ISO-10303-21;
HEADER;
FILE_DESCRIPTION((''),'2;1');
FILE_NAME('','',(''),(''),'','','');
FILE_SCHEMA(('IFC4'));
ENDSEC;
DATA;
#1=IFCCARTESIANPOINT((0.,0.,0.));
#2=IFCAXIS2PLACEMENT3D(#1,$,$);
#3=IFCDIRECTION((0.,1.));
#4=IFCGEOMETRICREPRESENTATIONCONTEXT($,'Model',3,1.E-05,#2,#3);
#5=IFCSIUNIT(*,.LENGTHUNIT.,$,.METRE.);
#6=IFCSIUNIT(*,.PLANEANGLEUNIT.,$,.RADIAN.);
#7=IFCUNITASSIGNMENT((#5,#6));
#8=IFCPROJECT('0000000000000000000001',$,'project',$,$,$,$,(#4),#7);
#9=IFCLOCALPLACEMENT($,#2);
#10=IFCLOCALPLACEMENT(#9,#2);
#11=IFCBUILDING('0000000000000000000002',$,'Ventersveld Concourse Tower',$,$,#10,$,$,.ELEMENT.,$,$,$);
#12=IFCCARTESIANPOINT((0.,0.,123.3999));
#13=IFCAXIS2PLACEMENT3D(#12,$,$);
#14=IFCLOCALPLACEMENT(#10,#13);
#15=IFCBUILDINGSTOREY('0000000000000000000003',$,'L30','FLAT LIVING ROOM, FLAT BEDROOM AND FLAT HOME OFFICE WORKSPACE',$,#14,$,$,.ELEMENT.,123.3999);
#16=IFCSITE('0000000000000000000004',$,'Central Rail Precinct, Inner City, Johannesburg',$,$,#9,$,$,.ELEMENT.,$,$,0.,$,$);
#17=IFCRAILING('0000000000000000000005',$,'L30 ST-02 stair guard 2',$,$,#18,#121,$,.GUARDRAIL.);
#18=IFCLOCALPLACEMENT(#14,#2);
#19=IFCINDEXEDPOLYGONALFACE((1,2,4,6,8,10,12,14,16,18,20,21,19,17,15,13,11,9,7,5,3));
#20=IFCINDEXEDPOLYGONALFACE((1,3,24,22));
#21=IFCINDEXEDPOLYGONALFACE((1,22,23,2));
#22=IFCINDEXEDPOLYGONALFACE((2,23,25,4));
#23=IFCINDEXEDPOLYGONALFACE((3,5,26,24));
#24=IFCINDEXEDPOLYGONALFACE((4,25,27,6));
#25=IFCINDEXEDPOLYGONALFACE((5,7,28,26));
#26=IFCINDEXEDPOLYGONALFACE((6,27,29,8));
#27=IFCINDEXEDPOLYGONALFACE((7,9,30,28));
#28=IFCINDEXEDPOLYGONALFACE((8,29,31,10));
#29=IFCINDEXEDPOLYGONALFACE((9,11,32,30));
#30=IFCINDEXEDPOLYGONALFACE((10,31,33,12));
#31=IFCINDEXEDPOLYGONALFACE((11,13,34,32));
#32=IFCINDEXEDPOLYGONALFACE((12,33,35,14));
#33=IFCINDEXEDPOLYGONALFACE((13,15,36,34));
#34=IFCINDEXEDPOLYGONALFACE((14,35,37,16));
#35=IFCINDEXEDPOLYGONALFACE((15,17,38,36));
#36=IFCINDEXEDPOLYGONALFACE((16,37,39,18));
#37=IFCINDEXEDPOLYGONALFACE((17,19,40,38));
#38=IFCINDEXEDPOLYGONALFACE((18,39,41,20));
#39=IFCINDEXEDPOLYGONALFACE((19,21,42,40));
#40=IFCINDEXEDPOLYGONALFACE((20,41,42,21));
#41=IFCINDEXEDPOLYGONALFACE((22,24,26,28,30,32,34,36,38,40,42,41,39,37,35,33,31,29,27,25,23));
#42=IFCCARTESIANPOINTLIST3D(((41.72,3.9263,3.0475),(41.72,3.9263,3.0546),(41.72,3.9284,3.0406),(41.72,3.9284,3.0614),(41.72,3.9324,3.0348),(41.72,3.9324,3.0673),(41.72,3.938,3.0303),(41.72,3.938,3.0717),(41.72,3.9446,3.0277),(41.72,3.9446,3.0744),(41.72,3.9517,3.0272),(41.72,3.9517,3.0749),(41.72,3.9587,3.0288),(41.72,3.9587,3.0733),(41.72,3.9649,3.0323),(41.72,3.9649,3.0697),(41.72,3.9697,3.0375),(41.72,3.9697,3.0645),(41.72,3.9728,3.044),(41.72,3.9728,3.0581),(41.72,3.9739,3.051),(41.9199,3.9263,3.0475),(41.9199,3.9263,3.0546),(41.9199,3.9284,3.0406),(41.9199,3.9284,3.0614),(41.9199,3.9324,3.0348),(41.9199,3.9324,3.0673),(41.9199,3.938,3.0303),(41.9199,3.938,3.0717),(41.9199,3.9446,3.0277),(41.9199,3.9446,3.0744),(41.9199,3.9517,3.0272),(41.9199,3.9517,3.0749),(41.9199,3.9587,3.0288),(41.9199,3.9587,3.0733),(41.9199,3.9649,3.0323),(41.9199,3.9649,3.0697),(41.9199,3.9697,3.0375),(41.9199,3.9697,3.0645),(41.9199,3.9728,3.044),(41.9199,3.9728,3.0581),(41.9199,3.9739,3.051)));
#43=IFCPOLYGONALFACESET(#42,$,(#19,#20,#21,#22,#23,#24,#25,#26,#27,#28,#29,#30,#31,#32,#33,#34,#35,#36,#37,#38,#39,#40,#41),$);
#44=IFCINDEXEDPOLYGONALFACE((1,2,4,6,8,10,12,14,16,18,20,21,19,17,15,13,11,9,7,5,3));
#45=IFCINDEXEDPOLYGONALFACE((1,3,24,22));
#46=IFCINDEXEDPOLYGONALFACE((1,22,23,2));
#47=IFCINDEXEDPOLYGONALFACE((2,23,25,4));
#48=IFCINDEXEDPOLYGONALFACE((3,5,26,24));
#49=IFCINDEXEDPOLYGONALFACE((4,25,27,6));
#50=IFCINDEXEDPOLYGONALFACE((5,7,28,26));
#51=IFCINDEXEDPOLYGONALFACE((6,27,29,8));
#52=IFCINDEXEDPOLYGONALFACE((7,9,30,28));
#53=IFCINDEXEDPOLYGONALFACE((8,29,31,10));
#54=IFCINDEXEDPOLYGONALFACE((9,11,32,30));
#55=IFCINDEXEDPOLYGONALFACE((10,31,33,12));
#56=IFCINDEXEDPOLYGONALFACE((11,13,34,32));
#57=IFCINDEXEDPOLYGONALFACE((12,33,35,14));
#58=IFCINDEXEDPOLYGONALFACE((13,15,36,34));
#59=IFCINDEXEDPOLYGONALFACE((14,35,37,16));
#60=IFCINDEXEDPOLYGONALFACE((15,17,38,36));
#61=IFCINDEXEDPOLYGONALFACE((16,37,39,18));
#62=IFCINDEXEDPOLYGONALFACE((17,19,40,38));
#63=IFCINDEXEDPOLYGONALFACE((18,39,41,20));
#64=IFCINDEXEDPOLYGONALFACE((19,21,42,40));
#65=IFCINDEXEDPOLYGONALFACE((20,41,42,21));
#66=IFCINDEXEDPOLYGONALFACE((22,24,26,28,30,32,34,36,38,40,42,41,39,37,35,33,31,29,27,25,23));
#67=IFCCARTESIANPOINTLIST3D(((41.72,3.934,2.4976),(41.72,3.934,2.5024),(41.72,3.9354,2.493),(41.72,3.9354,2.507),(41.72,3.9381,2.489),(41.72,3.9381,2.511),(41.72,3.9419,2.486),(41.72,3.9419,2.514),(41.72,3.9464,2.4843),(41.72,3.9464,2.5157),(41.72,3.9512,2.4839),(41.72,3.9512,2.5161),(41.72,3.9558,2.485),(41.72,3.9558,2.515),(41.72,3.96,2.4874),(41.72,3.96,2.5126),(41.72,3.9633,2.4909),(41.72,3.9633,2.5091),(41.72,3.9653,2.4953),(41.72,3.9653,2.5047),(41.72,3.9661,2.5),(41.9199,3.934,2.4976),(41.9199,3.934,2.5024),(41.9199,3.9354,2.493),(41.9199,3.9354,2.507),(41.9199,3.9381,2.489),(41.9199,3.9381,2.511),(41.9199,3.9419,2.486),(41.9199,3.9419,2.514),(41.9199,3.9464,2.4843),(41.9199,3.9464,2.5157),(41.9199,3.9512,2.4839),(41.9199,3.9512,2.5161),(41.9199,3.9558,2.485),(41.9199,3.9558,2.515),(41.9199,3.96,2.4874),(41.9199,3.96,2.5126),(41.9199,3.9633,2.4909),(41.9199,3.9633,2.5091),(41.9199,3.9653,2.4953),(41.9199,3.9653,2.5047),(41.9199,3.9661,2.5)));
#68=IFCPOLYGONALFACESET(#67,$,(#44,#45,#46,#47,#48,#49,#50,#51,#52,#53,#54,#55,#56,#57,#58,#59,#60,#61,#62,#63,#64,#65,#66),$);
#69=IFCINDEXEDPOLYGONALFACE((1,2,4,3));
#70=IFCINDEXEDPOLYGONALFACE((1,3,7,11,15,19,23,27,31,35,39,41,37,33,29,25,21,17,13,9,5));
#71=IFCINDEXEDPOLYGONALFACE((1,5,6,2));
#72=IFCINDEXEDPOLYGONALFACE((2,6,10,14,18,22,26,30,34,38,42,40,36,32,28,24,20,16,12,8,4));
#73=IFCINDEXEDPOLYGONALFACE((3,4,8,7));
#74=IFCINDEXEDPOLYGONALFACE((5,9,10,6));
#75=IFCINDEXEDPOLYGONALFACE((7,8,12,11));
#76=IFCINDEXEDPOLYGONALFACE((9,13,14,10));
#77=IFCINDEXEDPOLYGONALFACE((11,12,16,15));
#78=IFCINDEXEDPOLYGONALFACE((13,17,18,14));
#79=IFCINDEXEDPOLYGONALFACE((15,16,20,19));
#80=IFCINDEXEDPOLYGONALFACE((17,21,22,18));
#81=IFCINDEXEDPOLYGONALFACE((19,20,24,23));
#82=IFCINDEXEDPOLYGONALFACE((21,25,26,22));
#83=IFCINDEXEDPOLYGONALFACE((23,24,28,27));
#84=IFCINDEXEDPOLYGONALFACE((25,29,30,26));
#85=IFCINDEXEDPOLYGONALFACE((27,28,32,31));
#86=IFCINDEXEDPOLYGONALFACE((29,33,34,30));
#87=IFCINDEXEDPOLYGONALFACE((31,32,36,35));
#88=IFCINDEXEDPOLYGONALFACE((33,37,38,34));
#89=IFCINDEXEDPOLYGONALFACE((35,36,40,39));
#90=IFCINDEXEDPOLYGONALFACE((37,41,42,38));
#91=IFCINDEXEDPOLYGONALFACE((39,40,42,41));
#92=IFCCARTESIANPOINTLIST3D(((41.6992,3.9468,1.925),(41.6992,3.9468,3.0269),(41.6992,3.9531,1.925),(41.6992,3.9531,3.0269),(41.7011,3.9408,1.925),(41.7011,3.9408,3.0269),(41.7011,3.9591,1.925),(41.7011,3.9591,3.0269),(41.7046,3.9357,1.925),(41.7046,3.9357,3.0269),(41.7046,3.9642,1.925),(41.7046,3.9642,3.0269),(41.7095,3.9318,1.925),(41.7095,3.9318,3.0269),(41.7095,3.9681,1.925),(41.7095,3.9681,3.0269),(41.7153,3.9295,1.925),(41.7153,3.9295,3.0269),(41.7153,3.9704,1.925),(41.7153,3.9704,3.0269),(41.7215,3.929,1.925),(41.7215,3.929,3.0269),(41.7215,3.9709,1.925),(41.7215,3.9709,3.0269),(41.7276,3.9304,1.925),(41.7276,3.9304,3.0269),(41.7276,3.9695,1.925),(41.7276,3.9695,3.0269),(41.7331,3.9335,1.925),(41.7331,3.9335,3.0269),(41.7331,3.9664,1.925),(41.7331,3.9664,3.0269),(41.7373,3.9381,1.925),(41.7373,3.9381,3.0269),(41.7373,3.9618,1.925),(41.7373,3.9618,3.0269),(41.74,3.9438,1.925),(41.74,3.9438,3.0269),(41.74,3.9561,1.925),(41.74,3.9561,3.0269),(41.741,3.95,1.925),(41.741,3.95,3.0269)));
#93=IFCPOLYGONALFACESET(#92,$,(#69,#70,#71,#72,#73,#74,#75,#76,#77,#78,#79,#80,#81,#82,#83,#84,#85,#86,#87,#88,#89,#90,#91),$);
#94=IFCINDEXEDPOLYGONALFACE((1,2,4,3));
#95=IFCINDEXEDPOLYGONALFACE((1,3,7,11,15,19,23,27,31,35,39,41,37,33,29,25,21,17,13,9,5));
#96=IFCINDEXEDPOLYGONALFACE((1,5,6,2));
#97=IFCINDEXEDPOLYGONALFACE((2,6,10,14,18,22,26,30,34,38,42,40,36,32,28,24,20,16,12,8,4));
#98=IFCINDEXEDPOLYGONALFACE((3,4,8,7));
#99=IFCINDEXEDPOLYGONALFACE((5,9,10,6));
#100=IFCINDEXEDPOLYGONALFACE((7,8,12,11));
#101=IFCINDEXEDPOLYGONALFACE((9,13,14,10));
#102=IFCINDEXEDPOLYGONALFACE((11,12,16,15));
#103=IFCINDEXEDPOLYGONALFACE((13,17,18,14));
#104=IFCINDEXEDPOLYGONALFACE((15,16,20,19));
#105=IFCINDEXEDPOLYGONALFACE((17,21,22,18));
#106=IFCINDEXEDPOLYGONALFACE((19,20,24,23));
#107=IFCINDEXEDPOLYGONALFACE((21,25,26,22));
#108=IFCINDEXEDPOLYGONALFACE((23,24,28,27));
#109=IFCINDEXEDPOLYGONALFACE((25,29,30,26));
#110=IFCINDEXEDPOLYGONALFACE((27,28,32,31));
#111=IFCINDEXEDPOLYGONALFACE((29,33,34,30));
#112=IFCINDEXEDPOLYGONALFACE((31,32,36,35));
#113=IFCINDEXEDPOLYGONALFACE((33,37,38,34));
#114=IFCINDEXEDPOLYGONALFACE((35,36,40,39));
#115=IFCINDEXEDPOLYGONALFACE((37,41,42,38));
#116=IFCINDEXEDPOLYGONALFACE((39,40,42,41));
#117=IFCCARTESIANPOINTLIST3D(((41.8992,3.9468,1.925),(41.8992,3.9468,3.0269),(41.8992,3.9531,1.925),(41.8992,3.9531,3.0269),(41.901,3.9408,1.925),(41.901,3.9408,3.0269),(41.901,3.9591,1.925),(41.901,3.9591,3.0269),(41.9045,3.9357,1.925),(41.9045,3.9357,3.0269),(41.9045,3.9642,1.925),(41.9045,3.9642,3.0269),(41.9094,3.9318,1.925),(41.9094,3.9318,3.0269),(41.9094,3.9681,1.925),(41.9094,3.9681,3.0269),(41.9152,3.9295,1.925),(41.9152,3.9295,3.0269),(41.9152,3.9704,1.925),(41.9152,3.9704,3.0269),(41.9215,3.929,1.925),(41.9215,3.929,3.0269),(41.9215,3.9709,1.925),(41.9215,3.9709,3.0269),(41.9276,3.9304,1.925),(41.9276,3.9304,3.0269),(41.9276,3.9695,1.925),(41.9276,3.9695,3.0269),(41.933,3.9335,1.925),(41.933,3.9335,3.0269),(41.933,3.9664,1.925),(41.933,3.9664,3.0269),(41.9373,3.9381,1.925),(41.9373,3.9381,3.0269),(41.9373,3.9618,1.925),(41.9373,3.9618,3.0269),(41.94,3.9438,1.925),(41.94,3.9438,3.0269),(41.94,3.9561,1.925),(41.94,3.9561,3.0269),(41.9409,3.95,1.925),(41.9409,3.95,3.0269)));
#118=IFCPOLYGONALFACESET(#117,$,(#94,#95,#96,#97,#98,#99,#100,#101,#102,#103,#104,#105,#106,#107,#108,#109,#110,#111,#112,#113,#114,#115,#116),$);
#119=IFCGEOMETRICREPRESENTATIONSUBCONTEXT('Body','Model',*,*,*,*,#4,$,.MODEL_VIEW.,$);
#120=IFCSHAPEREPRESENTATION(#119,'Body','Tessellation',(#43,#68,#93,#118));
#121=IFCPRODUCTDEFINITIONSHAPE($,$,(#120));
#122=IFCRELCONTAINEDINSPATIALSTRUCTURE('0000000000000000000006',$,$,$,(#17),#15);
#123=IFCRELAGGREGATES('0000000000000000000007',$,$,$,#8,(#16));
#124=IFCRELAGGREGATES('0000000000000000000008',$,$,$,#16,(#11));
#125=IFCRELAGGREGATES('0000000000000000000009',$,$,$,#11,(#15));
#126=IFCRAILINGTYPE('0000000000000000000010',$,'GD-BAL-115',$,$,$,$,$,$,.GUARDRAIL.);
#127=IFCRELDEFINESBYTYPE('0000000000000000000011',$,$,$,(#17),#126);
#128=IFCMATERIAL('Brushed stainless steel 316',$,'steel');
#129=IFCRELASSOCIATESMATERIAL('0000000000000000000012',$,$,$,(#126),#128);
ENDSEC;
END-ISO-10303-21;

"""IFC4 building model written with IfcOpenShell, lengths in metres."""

from ifc_helpers import new_model, si_unit, direction, frame, origin, origin_2d, place, context, subcontext, project, spatial, circle, extrude, material, type_object, element, save


model = new_model("IFC4")

# Units and contexts
model_context = context("Model", 3, precision=1e-05, world=origin(), true_north=direction((0.0, 1.0)))
body_context = subcontext(model_context, "Body", "Model", "MODEL_VIEW")
ifc_project = project(units=[si_unit("LENGTHUNIT", "METRE"), si_unit("PLANEANGLEUNIT", "RADIAN")], contexts=[model_context])

# Site, building, storey
site_placement = place(None, origin())
site = spatial("IfcSite", under=ifc_project, at=site_placement, Name="Central Rail Precinct, Inner City, Johannesburg", CompositionType="ELEMENT", RefElevation=0.0)
building_placement = place(site_placement, origin())
building = spatial("IfcBuilding", under=site, at=building_placement, Name="Ventersveld Concourse Tower", CompositionType="ELEMENT")
storey_placement = place(building_placement, frame((0.0, 0.0, 123.3999)))
storey = spatial("IfcBuildingStorey", under=building, at=storey_placement, Name="L30", Description="FLAT LIVING ROOM, FLAT BEDROOM AND FLAT HOME OFFICE WORKSPACE", CompositionType="ELEMENT", Elevation=123.3999)

# Shared definitions
ifc_material_1 = material(Name="Brushed stainless steel 316", Category="steel")

# Railing
railing_type_1 = type_object("IfcRailingType", Name="GD-BAL-115", PredefinedType="GUARDRAIL", material=ifc_material_1)
railing_1_placement = place(storey_placement, frame((41.72, 3.95, 1.925)))
element("IfcRailing", 1, at=railing_1_placement, inside=storey, type_object=railing_type_1, Name="L30 ST-02 stair guard 2", PredefinedType="GUARDRAIL", context=body_context, shape_type="SweptSolid", body=[
    extrude(circle(Radius=0.0239, at=origin_2d()), frame((0.0, 0.0, 1.126), z_axis=(1.0, 0.0, 0.0), x_axis=(0.0, 1.0, 0.0)), (0.0, 0.0, 1.0), 0.2),
    extrude(circle(Radius=0.0161, at=origin_2d()), frame((0.0, 0.0, 0.575), z_axis=(1.0, 0.0, 0.0), x_axis=(0.0, 1.0, 0.0)), (0.0, 0.0, 1.0), 0.2),
    extrude(circle(Radius=0.021, at=origin_2d()), origin(), (0.0, 0.0, 1.0), 1.1018),
    extrude(circle(Radius=0.021, at=origin_2d()), frame((0.2, 0.0, 0.0)), (0.0, 0.0, 1.0), 1.1018),
])

save(model, "model.ifc")
